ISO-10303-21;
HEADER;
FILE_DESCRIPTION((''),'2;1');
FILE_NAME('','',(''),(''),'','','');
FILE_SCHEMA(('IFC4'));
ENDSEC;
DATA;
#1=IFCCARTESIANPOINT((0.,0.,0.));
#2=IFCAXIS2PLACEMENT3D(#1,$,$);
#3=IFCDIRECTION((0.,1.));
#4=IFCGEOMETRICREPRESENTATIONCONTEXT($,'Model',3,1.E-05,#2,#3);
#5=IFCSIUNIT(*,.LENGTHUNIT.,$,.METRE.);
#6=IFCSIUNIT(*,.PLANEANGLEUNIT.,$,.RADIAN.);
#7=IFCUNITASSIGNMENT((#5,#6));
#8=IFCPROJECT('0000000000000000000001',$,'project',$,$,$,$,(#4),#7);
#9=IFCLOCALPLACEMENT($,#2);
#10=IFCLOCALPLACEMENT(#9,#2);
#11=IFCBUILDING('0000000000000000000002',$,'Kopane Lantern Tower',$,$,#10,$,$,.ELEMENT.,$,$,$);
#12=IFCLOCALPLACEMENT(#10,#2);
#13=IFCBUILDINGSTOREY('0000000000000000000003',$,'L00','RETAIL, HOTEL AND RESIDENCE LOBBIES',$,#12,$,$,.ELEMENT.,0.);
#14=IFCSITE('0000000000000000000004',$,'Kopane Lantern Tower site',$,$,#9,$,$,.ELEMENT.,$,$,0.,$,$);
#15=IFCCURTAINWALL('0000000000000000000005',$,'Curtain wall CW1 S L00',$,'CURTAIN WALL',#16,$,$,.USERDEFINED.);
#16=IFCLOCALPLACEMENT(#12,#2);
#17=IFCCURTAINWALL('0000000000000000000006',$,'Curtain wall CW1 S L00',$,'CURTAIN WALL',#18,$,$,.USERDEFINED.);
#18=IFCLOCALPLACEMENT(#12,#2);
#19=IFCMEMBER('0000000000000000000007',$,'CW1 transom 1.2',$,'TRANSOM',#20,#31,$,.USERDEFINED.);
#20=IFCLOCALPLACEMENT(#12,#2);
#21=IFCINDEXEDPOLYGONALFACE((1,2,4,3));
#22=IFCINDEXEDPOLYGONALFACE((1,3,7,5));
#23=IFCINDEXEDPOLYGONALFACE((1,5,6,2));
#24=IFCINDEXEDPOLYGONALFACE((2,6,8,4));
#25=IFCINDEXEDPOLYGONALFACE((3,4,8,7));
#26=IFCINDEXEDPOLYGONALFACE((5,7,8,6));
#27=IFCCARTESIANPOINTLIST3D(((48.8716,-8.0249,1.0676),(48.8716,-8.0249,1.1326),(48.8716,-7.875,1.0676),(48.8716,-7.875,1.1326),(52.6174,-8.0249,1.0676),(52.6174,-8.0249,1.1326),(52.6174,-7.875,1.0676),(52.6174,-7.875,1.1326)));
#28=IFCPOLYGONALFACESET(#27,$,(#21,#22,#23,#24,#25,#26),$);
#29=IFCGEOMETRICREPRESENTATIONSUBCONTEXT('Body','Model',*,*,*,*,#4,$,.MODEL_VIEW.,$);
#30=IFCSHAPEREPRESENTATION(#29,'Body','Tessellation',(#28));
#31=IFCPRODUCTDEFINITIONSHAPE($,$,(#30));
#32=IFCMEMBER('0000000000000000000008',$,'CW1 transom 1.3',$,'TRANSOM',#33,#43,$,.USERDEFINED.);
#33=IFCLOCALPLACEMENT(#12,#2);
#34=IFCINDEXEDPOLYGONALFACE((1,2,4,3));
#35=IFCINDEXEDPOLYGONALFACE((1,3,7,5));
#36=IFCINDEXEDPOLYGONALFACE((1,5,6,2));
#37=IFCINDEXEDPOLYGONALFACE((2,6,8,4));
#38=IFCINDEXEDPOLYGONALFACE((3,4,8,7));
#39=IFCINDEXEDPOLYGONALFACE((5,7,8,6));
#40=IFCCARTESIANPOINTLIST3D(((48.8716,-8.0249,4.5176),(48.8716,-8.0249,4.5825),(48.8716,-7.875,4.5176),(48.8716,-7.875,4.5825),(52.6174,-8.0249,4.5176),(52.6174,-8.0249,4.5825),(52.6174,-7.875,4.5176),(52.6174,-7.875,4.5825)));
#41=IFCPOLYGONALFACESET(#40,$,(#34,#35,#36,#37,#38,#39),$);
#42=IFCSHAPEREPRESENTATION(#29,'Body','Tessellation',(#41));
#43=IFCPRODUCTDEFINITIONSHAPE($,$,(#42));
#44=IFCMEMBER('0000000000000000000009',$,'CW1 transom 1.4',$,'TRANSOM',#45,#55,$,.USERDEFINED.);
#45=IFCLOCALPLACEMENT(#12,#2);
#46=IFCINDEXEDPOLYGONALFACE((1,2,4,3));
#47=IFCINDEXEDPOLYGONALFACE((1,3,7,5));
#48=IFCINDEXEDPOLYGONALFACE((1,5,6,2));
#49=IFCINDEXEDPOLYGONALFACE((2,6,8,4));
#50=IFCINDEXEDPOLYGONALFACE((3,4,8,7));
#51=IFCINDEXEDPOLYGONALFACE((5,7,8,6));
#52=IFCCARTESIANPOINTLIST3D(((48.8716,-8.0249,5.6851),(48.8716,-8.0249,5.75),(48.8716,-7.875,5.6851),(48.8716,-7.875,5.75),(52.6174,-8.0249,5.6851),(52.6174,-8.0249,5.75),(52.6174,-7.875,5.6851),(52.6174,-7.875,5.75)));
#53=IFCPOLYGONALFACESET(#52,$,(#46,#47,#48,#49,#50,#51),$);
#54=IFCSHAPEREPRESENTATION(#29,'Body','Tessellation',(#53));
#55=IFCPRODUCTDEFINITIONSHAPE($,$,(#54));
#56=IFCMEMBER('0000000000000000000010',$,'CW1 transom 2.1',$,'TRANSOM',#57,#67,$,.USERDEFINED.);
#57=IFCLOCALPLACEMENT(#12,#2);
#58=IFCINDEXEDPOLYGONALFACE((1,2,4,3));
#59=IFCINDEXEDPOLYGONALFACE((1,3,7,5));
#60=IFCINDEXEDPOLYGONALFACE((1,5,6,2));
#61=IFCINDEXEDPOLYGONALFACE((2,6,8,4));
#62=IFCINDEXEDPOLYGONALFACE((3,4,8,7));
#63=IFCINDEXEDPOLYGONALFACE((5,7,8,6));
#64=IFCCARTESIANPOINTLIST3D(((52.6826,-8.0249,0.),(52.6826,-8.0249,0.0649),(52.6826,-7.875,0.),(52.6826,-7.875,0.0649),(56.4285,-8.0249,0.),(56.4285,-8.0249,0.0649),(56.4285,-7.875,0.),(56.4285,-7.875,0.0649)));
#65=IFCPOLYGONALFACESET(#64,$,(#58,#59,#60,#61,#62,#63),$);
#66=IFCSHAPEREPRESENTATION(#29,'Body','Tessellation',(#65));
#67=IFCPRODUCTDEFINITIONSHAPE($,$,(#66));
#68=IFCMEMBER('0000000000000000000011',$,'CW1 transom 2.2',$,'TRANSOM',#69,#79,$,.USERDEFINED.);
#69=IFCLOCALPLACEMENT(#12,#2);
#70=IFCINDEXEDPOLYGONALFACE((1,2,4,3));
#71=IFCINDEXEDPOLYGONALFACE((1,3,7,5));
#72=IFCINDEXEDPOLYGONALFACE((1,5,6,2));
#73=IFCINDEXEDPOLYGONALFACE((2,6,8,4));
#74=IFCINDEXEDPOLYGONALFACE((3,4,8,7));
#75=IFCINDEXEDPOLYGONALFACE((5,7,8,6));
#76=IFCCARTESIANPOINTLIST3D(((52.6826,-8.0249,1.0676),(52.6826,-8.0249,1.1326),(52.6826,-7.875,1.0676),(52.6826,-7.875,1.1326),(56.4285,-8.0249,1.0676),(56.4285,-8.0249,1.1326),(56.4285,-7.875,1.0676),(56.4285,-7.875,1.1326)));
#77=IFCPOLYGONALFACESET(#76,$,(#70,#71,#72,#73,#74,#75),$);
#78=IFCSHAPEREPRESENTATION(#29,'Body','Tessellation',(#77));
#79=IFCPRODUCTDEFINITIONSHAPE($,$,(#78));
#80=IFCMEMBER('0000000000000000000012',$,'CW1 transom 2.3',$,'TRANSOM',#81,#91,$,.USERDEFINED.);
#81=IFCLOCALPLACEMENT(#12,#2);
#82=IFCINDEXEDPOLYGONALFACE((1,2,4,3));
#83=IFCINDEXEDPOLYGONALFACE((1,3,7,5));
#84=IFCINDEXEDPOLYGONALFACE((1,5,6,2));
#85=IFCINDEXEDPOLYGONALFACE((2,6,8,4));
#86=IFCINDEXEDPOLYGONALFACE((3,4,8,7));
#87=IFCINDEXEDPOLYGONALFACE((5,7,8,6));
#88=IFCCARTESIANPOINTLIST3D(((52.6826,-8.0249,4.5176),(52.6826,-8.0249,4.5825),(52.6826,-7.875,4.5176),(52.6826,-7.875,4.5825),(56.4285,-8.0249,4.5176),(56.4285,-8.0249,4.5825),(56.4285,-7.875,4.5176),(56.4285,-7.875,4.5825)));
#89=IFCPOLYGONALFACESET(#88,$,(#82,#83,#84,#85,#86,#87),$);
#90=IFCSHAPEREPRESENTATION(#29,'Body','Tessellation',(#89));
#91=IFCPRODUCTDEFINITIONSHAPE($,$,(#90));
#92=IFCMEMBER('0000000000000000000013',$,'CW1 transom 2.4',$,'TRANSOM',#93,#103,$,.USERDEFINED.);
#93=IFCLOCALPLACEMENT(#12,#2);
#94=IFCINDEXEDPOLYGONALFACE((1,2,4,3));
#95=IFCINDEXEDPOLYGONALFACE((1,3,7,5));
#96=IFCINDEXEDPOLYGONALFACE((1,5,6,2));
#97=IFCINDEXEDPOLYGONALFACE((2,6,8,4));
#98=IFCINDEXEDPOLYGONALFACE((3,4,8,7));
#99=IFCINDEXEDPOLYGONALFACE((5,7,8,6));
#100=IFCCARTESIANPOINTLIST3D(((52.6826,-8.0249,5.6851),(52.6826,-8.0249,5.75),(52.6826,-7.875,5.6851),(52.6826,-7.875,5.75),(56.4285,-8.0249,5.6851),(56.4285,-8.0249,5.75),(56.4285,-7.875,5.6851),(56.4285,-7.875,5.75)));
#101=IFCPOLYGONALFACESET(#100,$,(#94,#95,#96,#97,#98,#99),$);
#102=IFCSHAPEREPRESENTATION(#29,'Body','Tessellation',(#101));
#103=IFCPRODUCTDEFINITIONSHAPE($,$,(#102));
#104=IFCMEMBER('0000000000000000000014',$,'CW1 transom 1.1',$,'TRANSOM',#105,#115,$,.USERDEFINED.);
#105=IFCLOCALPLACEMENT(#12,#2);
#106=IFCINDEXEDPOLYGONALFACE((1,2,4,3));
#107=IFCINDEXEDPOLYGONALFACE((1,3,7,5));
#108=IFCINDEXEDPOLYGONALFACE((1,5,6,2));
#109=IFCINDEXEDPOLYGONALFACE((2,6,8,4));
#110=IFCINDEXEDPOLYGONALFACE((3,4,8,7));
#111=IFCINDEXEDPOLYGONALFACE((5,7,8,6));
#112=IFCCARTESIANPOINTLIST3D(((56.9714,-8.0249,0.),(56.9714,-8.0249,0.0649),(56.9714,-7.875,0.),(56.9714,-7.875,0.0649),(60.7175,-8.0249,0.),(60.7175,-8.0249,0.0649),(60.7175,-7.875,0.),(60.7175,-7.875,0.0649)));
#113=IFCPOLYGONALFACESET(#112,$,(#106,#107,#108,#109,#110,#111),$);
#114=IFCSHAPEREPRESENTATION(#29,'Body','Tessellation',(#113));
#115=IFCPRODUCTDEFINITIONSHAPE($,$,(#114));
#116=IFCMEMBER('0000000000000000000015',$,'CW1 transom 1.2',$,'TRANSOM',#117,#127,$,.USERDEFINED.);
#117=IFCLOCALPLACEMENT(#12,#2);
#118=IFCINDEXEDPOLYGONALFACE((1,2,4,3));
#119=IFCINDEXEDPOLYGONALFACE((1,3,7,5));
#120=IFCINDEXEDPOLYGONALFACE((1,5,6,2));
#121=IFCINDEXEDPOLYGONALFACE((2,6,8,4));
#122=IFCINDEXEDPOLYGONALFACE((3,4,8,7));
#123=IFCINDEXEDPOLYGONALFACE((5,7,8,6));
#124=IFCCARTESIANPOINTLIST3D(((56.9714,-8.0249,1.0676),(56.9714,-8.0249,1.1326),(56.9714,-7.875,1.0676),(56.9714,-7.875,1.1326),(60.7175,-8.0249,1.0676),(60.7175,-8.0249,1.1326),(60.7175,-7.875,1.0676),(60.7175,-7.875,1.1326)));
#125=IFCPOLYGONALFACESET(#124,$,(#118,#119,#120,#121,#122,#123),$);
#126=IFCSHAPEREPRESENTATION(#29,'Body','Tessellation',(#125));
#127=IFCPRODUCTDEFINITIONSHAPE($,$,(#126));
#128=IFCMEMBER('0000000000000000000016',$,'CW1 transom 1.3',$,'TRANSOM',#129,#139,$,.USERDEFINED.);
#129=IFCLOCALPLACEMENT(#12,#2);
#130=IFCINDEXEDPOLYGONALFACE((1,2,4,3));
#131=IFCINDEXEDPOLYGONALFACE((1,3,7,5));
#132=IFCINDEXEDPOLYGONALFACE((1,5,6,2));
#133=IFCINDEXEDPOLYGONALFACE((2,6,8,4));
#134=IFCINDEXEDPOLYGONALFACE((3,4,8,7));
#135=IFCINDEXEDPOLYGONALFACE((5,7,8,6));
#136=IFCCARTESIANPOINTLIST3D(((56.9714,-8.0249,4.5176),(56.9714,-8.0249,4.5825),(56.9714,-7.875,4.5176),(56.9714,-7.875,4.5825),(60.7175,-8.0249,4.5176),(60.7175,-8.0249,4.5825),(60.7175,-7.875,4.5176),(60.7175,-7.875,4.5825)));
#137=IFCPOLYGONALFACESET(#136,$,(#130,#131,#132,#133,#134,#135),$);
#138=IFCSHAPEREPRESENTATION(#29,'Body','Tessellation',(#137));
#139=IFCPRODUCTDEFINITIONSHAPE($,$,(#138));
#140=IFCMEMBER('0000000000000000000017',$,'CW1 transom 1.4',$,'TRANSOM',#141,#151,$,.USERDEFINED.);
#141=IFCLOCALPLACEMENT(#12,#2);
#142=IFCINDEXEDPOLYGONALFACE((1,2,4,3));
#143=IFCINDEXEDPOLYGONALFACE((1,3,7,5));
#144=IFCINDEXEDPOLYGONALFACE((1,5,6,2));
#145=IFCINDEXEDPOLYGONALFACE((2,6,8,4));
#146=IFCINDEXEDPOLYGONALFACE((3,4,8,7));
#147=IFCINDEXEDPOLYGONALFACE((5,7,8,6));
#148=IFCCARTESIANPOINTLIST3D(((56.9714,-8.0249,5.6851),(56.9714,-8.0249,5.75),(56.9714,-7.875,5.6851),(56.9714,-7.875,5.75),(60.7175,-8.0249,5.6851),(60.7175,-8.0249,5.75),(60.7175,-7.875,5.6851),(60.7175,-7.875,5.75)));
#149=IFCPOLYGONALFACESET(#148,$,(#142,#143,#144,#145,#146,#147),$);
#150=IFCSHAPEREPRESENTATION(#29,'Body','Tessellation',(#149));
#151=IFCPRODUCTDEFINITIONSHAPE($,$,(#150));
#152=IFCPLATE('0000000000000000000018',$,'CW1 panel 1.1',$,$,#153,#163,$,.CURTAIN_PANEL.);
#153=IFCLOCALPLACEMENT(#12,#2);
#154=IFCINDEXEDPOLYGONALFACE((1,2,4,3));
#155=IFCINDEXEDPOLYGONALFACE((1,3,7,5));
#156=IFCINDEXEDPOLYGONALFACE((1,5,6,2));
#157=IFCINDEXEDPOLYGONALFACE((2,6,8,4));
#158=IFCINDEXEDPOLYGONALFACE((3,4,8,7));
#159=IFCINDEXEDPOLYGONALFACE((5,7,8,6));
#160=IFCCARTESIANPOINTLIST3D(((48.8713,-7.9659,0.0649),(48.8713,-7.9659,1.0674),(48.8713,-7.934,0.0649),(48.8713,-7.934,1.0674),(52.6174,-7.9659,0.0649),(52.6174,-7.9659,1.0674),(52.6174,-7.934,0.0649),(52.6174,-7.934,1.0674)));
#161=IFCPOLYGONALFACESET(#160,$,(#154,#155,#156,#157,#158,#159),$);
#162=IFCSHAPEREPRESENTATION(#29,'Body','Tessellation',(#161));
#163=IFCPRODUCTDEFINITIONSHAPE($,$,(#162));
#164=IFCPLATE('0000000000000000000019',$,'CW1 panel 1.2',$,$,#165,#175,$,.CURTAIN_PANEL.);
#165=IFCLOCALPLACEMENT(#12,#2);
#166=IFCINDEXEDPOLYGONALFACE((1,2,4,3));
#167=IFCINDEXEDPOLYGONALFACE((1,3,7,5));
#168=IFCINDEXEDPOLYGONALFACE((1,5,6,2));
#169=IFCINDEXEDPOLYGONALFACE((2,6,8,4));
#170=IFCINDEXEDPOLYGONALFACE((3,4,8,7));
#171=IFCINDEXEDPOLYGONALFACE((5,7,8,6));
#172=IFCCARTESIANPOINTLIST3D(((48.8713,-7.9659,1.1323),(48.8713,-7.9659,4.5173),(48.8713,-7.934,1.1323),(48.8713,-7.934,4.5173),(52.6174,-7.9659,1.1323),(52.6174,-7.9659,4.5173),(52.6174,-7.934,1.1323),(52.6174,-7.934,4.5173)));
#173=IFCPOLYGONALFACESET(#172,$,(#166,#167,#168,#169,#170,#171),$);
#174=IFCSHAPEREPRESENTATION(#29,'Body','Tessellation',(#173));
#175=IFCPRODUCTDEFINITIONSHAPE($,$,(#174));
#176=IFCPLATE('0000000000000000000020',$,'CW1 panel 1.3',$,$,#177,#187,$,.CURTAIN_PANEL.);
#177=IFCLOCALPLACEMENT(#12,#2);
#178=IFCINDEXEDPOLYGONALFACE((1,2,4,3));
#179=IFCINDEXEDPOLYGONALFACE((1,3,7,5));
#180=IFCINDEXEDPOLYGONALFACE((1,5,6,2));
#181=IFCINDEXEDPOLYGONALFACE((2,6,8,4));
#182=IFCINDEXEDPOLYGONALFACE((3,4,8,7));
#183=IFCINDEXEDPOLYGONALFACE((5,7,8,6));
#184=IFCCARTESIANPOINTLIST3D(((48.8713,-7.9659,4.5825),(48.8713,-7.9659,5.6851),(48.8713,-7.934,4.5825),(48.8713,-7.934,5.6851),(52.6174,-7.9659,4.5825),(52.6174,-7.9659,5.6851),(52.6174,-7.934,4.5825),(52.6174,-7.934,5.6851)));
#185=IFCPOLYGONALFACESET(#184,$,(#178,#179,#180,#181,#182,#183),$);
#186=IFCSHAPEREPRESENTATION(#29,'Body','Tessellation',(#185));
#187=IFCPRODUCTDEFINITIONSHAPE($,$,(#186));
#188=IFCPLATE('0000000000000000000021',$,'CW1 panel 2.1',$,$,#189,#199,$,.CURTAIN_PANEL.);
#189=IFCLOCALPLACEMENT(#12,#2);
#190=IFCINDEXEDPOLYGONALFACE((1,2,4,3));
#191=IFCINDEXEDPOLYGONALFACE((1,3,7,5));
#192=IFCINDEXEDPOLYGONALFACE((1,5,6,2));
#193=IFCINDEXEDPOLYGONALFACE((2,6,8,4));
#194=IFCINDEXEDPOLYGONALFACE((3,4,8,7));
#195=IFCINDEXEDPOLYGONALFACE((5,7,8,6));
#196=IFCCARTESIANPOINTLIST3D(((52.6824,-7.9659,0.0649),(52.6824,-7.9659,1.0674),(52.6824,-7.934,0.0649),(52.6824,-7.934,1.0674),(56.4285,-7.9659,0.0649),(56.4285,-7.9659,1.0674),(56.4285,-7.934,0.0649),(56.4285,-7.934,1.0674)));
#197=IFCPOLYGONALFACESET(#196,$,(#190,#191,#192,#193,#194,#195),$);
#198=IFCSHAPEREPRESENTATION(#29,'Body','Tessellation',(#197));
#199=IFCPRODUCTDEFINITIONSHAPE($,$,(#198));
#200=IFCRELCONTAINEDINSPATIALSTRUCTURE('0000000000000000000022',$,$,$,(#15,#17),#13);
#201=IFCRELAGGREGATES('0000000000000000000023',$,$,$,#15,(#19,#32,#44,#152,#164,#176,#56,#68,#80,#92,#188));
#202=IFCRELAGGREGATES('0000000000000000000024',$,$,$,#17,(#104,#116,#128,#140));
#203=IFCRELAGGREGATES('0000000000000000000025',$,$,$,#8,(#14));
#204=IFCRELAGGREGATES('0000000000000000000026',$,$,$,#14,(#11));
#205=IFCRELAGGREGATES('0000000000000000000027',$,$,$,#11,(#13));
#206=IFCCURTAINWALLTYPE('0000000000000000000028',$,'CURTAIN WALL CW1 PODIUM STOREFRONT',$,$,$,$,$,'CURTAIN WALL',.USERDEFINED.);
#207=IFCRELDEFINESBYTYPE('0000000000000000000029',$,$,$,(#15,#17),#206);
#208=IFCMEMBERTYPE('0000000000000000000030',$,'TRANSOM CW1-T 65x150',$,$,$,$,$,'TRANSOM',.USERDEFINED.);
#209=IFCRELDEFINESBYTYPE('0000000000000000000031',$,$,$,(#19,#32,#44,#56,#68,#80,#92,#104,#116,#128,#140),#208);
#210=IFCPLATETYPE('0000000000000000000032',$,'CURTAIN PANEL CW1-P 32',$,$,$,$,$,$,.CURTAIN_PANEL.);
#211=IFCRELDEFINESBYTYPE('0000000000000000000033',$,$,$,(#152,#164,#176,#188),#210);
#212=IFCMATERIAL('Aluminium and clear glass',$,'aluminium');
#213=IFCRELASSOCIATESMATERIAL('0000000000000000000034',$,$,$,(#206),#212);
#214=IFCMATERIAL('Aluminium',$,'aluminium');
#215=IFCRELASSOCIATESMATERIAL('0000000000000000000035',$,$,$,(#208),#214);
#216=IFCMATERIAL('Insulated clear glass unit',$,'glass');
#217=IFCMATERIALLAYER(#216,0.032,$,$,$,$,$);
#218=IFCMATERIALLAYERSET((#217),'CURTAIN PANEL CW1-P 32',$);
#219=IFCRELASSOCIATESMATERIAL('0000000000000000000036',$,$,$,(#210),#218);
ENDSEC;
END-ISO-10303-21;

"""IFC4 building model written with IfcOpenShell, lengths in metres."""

from ifc_helpers import new_model, si_unit, direction, frame, origin, origin_2d, place, context, subcontext, project, spatial, rectangle, extrude, material, layer, layer_set, material_profile, profile_set, type_object, element, aggregate, save


model = new_model("IFC4")

# Units and contexts
model_context = context("Model", 3, precision=1e-05, world=origin(), true_north=direction((0.0, 1.0)))
body_context = subcontext(model_context, "Body", "Model", "MODEL_VIEW")
ifc_project = project(units=[si_unit("LENGTHUNIT", "METRE"), si_unit("PLANEANGLEUNIT", "RADIAN")], contexts=[model_context])

# Site, building, storey
site_placement = place(None, origin())
site = spatial("IfcSite", under=ifc_project, at=site_placement, Name="Kopane Lantern Tower site", CompositionType="ELEMENT", RefElevation=0.0)
building_placement = place(site_placement, origin())
building = spatial("IfcBuilding", under=site, at=building_placement, Name="Kopane Lantern Tower", CompositionType="ELEMENT")
storey_placement = place(building_placement, origin())
storey = spatial("IfcBuildingStorey", under=building, at=storey_placement, Name="L00", Description="RETAIL, HOTEL AND RESIDENCE LOBBIES", CompositionType="ELEMENT", Elevation=0.0)

# Curtain wall
ifc_material_1 = material(Name="Aluminium and clear glass", Category="aluminium")
curtain_wall_type = type_object("IfcCurtainWallType", Name="CURTAIN WALL CW1 PODIUM STOREFRONT", ElementType="CURTAIN WALL", PredefinedType="USERDEFINED", material=ifc_material_1)
curtain_wall_1_placement = place(storey_placement, origin())
curtain_wall_1 = element("IfcCurtainWall", 1, at=curtain_wall_1_placement, inside=storey, type_object=curtain_wall_type, Name="Curtain wall CW1 S L00", ObjectType="CURTAIN WALL", PredefinedType="USERDEFINED")

# Curtain wall
curtain_wall_2_placement = place(storey_placement, origin())
curtain_wall_2 = element("IfcCurtainWall", 2, at=curtain_wall_2_placement, inside=storey, type_object=curtain_wall_type, Name="Curtain wall CW1 S L00", ObjectType="CURTAIN WALL", PredefinedType="USERDEFINED")

# Members
ifc_material_2 = material(Name="Aluminium", Category="aluminium")
ifc_material_profile_1 = material_profile(ifc_material_2, rectangle(XDim=0.1499, YDim=0.0649, at=origin_2d()), Name="AL 150x65")
ifc_profile_set_1 = profile_set([ifc_material_profile_1], Name="Aluminium")
member_type_1 = type_object("IfcMemberType", Name="TRANSOM CW1-T 65x150", ElementType="TRANSOM", PredefinedType="USERDEFINED", material=ifc_profile_set_1)
member_1_placement = place(storey_placement, frame((48.8716, -7.95, 1.1001), z_axis=(1.0, 0.0, 0.0), x_axis=(0.0, 1.0, 0.0)))
member_1 = element("IfcMember", 3, at=member_1_placement, type_object=member_type_1, Name="CW1 transom 1.2", ObjectType="TRANSOM", PredefinedType="USERDEFINED", context=body_context, shape_type="SweptSolid", body=[
    extrude(rectangle(XDim=0.1499, YDim=0.0649, at=origin_2d()), origin(), (0.0, 0.0, 1.0), 3.7458),
])
member_2_placement = place(storey_placement, frame((48.8716, -7.95, 4.55), z_axis=(1.0, 0.0, 0.0), x_axis=(0.0, 1.0, 0.0)))
member_2 = element("IfcMember", 4, at=member_2_placement, type_object=member_type_1, Name="CW1 transom 1.3", ObjectType="TRANSOM", PredefinedType="USERDEFINED", context=body_context, shape_type="SweptSolid", body=[
    extrude(rectangle(XDim=0.1499, YDim=0.0649, at=origin_2d()), origin(), (0.0, 0.0, 1.0), 3.7458),
])
member_3_placement = place(storey_placement, frame((48.8716, -7.95, 5.7175), z_axis=(1.0, 0.0, 0.0), x_axis=(0.0, 1.0, 0.0)))
member_3 = element("IfcMember", 5, at=member_3_placement, type_object=member_type_1, Name="CW1 transom 1.4", ObjectType="TRANSOM", PredefinedType="USERDEFINED", context=body_context, shape_type="SweptSolid", body=[
    extrude(rectangle(XDim=0.1499, YDim=0.0649, at=origin_2d()), origin(), (0.0, 0.0, 1.0), 3.7458),
])
member_4_placement = place(storey_placement, frame((52.6826, -7.95, 0.0325), z_axis=(1.0, 0.0, 0.0), x_axis=(0.0, 1.0, 0.0)))
member_4 = element("IfcMember", 6, at=member_4_placement, type_object=member_type_1, Name="CW1 transom 2.1", ObjectType="TRANSOM", PredefinedType="USERDEFINED", context=body_context, shape_type="SweptSolid", body=[
    extrude(rectangle(XDim=0.1499, YDim=0.0649, at=origin_2d()), origin(), (0.0, 0.0, 1.0), 3.7458),
])
member_5_placement = place(storey_placement, frame((52.6826, -7.95, 1.1001), z_axis=(1.0, 0.0, 0.0), x_axis=(0.0, 1.0, 0.0)))
member_5 = element("IfcMember", 7, at=member_5_placement, type_object=member_type_1, Name="CW1 transom 2.2", ObjectType="TRANSOM", PredefinedType="USERDEFINED", context=body_context, shape_type="SweptSolid", body=[
    extrude(rectangle(XDim=0.1499, YDim=0.0649, at=origin_2d()), origin(), (0.0, 0.0, 1.0), 3.7458),
])
member_6_placement = place(storey_placement, frame((52.6826, -7.95, 4.55), z_axis=(1.0, 0.0, 0.0), x_axis=(0.0, 1.0, 0.0)))
member_6 = element("IfcMember", 8, at=member_6_placement, type_object=member_type_1, Name="CW1 transom 2.3", ObjectType="TRANSOM", PredefinedType="USERDEFINED", context=body_context, shape_type="SweptSolid", body=[
    extrude(rectangle(XDim=0.1499, YDim=0.0649, at=origin_2d()), origin(), (0.0, 0.0, 1.0), 3.7458),
])
member_7_placement = place(storey_placement, frame((52.6826, -7.95, 5.7175), z_axis=(1.0, 0.0, 0.0), x_axis=(0.0, 1.0, 0.0)))
member_7 = element("IfcMember", 9, at=member_7_placement, type_object=member_type_1, Name="CW1 transom 2.4", ObjectType="TRANSOM", PredefinedType="USERDEFINED", context=body_context, shape_type="SweptSolid", body=[
    extrude(rectangle(XDim=0.1499, YDim=0.0649, at=origin_2d()), origin(), (0.0, 0.0, 1.0), 3.7458),
])
member_8_placement = place(storey_placement, frame((56.9714, -7.95, 0.0325), z_axis=(1.0, 0.0, 0.0), x_axis=(0.0, 1.0, 0.0)))
member_8 = element("IfcMember", 10, at=member_8_placement, type_object=member_type_1, Name="CW1 transom 1.1", ObjectType="TRANSOM", PredefinedType="USERDEFINED", context=body_context, shape_type="SweptSolid", body=[
    extrude(rectangle(XDim=0.1499, YDim=0.0649, at=origin_2d()), origin(), (0.0, 0.0, 1.0), 3.7461),
])
member_9_placement = place(storey_placement, frame((56.9714, -7.95, 1.1001), z_axis=(1.0, 0.0, 0.0), x_axis=(0.0, 1.0, 0.0)))
member_9 = element("IfcMember", 11, at=member_9_placement, type_object=member_type_1, Name="CW1 transom 1.2", ObjectType="TRANSOM", PredefinedType="USERDEFINED", context=body_context, shape_type="SweptSolid", body=[
    extrude(rectangle(XDim=0.1499, YDim=0.0649, at=origin_2d()), origin(), (0.0, 0.0, 1.0), 3.7461),
])
member_10_placement = place(storey_placement, frame((56.9714, -7.95, 4.55), z_axis=(1.0, 0.0, 0.0), x_axis=(0.0, 1.0, 0.0)))
member_10 = element("IfcMember", 12, at=member_10_placement, type_object=member_type_1, Name="CW1 transom 1.3", ObjectType="TRANSOM", PredefinedType="USERDEFINED", context=body_context, shape_type="SweptSolid", body=[
    extrude(rectangle(XDim=0.1499, YDim=0.0649, at=origin_2d()), origin(), (0.0, 0.0, 1.0), 3.7461),
])
member_11_placement = place(storey_placement, frame((56.9714, -7.95, 5.7175), z_axis=(1.0, 0.0, 0.0), x_axis=(0.0, 1.0, 0.0)))
member_11 = element("IfcMember", 13, at=member_11_placement, type_object=member_type_1, Name="CW1 transom 1.4", ObjectType="TRANSOM", PredefinedType="USERDEFINED", context=body_context, shape_type="SweptSolid", body=[
    extrude(rectangle(XDim=0.1499, YDim=0.0649, at=origin_2d()), origin(), (0.0, 0.0, 1.0), 3.7461),
])

# Plates
ifc_material_3 = material(Name="Insulated clear glass unit", Category="glass")
ifc_layer = layer(ifc_material_3, 0.032)
ifc_layer_set = layer_set([ifc_layer], Name="CURTAIN PANEL CW1-P 32")
plate_type = type_object("IfcPlateType", Name="CURTAIN PANEL CW1-P 32", PredefinedType="CURTAIN_PANEL", material=ifc_layer_set)
plate_1_placement = place(storey_placement, frame((50.7444, -7.95, 0.0649), z_axis=(0.0, 0.0, 1.0), x_axis=(1.0, 0.0, 0.0)))
plate_1 = element("IfcPlate", 14, at=plate_1_placement, type_object=plate_type, Name="CW1 panel 1.1", PredefinedType="CURTAIN_PANEL", context=body_context, shape_type="SweptSolid", body=[
    extrude(rectangle(XDim=3.7461, YDim=0.032, at=origin_2d()), origin(), (0.0, 0.0, 1.0), 1.0024),
])
plate_2_placement = place(storey_placement, frame((50.7444, -7.95, 1.1323), z_axis=(0.0, 0.0, 1.0), x_axis=(1.0, 0.0, 0.0)))
plate_2 = element("IfcPlate", 15, at=plate_2_placement, type_object=plate_type, Name="CW1 panel 1.2", PredefinedType="CURTAIN_PANEL", context=body_context, shape_type="SweptSolid", body=[
    extrude(rectangle(XDim=3.7461, YDim=0.032, at=origin_2d()), origin(), (0.0, 0.0, 1.0), 3.385),
])
plate_3_placement = place(storey_placement, frame((50.7444, -7.95, 4.5825), z_axis=(0.0, 0.0, 1.0), x_axis=(1.0, 0.0, 0.0)))
plate_3 = element("IfcPlate", 16, at=plate_3_placement, type_object=plate_type, Name="CW1 panel 1.3", PredefinedType="CURTAIN_PANEL", context=body_context, shape_type="SweptSolid", body=[
    extrude(rectangle(XDim=3.7461, YDim=0.032, at=origin_2d()), origin(), (0.0, 0.0, 1.0), 1.1025),
])
plate_4_placement = place(storey_placement, frame((54.5554, -7.95, 0.0649), z_axis=(0.0, 0.0, 1.0), x_axis=(1.0, 0.0, 0.0)))
plate_4 = element("IfcPlate", 17, at=plate_4_placement, type_object=plate_type, Name="CW1 panel 2.1", PredefinedType="CURTAIN_PANEL", context=body_context, shape_type="SweptSolid", body=[
    extrude(rectangle(XDim=3.7461, YDim=0.032, at=origin_2d()), origin(), (0.0, 0.0, 1.0), 1.0024),
])
aggregate(curtain_wall_1, [member_1, member_2, member_3, plate_1, plate_2, plate_3, member_4, member_5, member_6, member_7, plate_4])
aggregate(curtain_wall_2, [member_8, member_9, member_10, member_11])

save(model, "model.ifc")
